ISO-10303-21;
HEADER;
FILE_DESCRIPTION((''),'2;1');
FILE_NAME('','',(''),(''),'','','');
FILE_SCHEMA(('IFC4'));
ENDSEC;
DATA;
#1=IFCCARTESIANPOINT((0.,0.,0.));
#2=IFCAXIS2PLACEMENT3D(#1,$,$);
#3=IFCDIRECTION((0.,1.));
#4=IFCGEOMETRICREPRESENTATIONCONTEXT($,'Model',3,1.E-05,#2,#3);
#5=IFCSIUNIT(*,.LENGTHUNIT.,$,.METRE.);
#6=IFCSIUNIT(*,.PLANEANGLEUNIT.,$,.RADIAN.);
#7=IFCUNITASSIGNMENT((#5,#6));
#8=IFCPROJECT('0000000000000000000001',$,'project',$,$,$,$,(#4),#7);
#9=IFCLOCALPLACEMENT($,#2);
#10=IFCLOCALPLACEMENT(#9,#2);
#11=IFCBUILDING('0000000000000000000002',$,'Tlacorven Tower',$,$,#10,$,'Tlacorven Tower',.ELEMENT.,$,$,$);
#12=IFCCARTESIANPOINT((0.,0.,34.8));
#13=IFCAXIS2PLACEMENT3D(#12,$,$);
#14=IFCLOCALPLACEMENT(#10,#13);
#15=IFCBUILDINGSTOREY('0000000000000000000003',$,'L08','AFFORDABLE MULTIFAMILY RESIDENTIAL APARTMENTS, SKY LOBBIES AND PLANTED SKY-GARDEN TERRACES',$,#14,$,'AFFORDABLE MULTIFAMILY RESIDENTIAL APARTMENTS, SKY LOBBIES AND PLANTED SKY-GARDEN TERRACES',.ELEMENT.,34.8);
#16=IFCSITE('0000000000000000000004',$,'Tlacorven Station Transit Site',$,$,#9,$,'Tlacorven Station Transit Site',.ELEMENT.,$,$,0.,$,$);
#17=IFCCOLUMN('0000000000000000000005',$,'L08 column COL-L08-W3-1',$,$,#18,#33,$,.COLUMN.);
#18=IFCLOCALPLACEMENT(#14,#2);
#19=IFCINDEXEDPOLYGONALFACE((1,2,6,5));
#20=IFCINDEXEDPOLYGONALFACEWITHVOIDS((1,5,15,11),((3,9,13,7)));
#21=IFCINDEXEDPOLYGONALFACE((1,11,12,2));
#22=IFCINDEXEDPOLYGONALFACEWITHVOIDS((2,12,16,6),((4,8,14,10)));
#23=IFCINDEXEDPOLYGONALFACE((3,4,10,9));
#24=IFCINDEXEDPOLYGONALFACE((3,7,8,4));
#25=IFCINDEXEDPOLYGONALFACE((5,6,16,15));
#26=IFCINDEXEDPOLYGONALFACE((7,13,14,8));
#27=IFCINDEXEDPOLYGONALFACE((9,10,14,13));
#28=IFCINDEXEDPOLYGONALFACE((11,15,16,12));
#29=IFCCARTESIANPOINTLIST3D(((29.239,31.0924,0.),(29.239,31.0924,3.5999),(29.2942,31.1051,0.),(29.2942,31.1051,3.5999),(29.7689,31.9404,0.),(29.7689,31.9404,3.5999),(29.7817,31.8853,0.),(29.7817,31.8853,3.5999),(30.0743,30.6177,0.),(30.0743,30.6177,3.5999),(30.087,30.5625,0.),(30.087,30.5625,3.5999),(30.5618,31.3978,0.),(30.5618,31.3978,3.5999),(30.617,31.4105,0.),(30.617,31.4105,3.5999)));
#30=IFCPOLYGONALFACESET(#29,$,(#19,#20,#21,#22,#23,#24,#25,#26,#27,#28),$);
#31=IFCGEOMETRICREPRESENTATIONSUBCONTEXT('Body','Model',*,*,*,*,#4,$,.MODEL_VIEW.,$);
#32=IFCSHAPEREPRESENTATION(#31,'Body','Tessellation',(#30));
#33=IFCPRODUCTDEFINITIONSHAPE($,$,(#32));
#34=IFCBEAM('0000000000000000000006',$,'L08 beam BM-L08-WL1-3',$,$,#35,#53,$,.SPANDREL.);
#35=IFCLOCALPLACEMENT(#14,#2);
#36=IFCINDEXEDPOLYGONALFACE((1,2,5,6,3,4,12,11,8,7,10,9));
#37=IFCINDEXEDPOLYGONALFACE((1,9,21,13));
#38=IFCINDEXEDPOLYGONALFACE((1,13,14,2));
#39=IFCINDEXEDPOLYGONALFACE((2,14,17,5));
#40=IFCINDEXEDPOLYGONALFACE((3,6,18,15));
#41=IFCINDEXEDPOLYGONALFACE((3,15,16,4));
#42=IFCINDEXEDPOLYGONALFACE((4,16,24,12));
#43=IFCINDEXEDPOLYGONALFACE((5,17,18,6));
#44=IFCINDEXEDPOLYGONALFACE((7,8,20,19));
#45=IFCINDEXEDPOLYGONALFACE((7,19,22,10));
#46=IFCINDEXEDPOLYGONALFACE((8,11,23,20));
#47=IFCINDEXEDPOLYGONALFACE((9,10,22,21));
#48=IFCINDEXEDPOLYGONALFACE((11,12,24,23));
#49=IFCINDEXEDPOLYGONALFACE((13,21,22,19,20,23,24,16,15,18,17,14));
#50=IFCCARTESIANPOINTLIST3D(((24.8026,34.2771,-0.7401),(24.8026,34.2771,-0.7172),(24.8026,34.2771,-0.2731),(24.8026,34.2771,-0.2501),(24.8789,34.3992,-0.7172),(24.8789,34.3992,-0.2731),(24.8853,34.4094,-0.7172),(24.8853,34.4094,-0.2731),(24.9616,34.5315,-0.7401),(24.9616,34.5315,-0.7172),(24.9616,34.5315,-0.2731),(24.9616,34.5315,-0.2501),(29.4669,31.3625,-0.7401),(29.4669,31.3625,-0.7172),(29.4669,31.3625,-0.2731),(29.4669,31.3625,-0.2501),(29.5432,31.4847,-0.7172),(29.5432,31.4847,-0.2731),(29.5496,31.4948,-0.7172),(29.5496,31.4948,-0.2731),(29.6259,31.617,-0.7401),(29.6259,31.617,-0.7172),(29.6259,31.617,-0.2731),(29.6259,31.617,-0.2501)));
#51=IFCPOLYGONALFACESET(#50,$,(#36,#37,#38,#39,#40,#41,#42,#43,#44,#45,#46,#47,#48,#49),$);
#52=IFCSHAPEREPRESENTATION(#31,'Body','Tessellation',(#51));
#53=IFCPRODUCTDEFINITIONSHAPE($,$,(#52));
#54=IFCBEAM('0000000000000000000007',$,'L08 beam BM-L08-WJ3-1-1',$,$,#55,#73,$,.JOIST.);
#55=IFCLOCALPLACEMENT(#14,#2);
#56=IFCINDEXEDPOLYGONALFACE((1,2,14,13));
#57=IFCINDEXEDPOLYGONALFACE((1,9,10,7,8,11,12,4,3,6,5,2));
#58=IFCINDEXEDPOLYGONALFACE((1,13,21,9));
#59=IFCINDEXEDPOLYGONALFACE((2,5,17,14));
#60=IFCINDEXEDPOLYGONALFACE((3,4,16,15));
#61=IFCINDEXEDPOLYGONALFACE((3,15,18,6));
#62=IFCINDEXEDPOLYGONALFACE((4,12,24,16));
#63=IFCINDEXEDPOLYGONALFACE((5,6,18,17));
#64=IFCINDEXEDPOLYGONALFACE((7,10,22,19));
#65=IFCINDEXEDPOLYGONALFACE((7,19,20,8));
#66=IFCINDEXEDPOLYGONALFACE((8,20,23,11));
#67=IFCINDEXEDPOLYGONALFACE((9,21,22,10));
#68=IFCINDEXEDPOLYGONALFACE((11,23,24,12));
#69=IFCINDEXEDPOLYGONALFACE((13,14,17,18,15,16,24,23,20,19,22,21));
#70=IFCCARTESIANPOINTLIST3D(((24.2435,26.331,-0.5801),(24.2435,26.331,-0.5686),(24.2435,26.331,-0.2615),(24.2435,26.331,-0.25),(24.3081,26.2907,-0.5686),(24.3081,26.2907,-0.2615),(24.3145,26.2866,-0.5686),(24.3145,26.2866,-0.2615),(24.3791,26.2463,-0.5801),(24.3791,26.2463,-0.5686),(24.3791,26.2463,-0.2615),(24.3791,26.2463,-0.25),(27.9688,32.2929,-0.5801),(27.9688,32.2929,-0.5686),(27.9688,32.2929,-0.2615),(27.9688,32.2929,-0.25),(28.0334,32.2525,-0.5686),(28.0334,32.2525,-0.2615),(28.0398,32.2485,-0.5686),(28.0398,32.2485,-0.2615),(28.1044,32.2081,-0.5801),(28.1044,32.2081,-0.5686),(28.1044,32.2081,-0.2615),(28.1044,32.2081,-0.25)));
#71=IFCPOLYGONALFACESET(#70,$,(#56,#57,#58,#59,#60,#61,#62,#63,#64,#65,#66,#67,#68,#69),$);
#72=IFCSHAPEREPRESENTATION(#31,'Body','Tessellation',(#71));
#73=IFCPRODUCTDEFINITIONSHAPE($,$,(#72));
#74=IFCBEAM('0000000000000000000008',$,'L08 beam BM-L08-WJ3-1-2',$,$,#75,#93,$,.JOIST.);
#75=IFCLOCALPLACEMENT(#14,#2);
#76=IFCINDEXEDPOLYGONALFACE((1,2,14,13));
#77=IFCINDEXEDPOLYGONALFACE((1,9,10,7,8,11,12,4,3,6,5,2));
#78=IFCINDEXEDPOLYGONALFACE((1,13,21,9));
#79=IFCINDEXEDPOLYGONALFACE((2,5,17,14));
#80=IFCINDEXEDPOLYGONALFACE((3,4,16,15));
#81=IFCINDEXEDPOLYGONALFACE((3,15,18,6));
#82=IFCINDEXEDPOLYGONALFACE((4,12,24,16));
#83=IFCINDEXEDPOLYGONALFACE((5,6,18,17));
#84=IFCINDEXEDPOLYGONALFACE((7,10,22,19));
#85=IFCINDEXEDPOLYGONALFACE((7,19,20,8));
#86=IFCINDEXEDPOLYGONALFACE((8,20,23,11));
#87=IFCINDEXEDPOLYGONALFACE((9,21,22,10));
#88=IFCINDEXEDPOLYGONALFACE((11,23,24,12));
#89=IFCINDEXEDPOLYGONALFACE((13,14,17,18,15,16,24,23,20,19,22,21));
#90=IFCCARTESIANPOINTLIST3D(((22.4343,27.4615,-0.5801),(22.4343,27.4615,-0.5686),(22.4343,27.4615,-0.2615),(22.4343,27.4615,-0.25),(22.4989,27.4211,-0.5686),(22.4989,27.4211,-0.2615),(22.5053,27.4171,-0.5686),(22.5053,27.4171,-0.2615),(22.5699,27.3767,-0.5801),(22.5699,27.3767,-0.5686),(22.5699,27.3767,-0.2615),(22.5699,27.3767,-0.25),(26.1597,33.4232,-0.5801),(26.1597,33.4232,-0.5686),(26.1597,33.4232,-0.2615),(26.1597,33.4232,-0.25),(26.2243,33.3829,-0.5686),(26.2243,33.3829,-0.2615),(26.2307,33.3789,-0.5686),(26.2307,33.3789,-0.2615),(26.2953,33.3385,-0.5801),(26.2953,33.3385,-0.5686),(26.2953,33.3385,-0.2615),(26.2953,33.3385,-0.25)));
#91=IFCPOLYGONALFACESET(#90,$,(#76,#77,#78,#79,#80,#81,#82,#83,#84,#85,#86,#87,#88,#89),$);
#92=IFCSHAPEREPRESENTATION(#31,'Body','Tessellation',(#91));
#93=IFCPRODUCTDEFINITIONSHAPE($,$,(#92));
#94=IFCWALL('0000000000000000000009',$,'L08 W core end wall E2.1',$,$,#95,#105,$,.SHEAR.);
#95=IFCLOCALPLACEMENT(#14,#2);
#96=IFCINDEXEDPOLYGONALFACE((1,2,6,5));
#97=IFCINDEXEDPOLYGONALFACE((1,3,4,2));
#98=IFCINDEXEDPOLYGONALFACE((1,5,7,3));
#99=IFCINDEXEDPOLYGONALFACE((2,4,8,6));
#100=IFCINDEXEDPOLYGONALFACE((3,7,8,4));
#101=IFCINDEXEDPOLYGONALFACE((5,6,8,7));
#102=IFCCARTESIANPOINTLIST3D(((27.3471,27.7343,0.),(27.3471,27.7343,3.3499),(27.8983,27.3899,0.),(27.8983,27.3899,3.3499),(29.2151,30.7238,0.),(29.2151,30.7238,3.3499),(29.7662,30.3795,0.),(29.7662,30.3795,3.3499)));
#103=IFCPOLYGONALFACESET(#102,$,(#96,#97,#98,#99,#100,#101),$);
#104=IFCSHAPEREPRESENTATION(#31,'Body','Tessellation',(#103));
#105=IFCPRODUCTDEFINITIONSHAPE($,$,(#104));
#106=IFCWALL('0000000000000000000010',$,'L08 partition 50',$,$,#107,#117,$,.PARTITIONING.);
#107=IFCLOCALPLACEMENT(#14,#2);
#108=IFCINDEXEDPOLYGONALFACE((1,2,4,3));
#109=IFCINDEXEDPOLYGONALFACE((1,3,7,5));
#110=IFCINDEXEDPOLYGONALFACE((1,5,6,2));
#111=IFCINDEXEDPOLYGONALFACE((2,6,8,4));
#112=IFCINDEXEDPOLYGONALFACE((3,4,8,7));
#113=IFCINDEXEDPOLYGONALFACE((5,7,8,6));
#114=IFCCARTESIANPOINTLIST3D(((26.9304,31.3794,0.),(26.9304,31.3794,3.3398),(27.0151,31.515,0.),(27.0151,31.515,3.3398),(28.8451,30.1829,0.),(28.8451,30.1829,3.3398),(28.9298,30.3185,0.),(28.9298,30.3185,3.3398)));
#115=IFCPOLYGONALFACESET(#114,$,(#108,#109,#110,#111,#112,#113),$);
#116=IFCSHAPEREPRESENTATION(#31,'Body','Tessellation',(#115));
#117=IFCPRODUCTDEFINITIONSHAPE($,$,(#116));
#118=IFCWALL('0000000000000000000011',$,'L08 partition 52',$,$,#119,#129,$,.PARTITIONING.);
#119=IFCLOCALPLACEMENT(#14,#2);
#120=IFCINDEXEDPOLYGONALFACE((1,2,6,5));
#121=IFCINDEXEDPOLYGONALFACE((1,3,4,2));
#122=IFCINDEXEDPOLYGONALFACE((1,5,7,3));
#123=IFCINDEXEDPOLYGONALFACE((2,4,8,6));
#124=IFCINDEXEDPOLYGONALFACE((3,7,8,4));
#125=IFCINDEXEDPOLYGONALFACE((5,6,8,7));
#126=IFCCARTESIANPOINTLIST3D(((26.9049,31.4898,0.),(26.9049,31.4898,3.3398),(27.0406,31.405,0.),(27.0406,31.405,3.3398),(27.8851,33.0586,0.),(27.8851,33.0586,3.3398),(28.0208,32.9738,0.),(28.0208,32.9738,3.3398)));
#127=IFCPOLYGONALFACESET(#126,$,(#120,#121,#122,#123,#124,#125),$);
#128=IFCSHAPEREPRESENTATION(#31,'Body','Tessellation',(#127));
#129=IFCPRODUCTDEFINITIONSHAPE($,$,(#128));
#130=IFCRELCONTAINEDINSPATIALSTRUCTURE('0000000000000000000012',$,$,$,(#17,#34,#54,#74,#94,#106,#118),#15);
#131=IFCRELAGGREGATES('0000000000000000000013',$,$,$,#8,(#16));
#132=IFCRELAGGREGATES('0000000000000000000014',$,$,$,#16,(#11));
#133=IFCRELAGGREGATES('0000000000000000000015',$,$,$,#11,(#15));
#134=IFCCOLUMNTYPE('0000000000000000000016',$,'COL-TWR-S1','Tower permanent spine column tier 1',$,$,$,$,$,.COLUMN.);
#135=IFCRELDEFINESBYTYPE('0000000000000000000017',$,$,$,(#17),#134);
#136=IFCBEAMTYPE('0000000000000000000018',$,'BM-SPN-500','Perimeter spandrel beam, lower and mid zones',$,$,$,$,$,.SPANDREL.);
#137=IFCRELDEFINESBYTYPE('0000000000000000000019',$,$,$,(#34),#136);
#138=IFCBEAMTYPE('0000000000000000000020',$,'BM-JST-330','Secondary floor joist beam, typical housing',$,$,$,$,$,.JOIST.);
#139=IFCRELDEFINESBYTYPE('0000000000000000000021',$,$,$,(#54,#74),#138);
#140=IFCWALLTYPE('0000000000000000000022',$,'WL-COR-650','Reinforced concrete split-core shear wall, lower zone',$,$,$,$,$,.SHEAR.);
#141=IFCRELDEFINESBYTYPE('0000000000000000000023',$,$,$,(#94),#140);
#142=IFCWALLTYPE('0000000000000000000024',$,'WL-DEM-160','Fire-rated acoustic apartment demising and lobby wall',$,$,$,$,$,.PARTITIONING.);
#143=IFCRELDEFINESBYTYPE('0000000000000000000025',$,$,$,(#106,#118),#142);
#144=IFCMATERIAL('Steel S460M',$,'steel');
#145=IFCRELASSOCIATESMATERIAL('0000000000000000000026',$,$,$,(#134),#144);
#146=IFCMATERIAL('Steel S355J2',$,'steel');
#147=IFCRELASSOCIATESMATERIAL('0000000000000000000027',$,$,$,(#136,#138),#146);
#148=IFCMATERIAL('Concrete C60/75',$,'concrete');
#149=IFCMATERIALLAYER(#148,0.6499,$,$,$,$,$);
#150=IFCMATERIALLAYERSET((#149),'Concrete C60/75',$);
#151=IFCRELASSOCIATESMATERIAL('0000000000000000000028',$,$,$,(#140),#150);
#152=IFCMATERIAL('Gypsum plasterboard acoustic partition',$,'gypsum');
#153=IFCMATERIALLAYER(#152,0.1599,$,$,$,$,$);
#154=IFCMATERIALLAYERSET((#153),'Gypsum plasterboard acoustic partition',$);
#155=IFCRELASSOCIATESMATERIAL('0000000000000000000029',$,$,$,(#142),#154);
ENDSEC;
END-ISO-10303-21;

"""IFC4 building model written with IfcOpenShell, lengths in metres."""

from ifc_helpers import new_model, si_unit, direction, frame, frame_2d, origin, origin_2d, place, context, subcontext, project, spatial, rectangle, hollow_rectangle, i_section, extrude, source, transform, mapped, material, layer, layer_set, material_profile, profile_set, type_object, element, save


model = new_model("IFC4")

# Units and contexts
model_context = context("Model", 3, precision=1e-05, world=origin(), true_north=direction((0.0, 1.0)))
body_context = subcontext(model_context, "Body", "Model", "MODEL_VIEW")
ifc_project = project(units=[si_unit("LENGTHUNIT", "METRE"), si_unit("PLANEANGLEUNIT", "RADIAN")], contexts=[model_context])

# Site, building, storey
site_placement = place(None, origin())
site = spatial("IfcSite", under=ifc_project, at=site_placement, Name="Tlacorven Station Transit Site", LongName="Tlacorven Station Transit Site", CompositionType="ELEMENT", RefElevation=0.0)
building_placement = place(site_placement, origin())
building = spatial("IfcBuilding", under=site, at=building_placement, Name="Tlacorven Tower", LongName="Tlacorven Tower", CompositionType="ELEMENT")
storey_placement = place(building_placement, frame((0.0, 0.0, 34.8)))
storey = spatial("IfcBuildingStorey", under=building, at=storey_placement, Name="L08", Description="AFFORDABLE MULTIFAMILY RESIDENTIAL APARTMENTS, SKY LOBBIES AND PLANTED SKY-GARDEN TERRACES", LongName="AFFORDABLE MULTIFAMILY RESIDENTIAL APARTMENTS, SKY LOBBIES AND PLANTED SKY-GARDEN TERRACES", CompositionType="ELEMENT", Elevation=34.8)

# Column
ifc_material_1 = material(Name="Steel S460M", Category="steel")
ifc_material_profile_1 = material_profile(ifc_material_1, hollow_rectangle(XDim=1.0, YDim=1.0, WallThickness=0.04, at=origin_2d()), Name="BOX 1000X1000X40")
ifc_profile_set_1 = profile_set([ifc_material_profile_1], Name="Steel S460M")
column_type = type_object("IfcColumnType", Name="COL-TWR-S1", Description="Tower permanent spine column tier 1", PredefinedType="COLUMN", material=ifc_profile_set_1)
shared_shape_1 = source(origin(), body_context, "Body", "SweptSolid", [
    extrude(hollow_rectangle(XDim=1.0, YDim=1.0, WallThickness=0.04, at=origin_2d()), origin(), (0.0, 0.0, 1.0), 3.5999),
])
column_placement = place(storey_placement, frame((29.928, 31.2515, 0.0), z_axis=(0.0, 0.0, 1.0), x_axis=(-0.848048, 0.529919, 0.0)))
element("IfcColumn", 1, at=column_placement, inside=storey, type_object=column_type, Name="L08 column COL-L08-W3-1", PredefinedType="COLUMN", context=body_context, shape_type="MappedRepresentation", body=[
    mapped(shared_shape_1, transform((0.0, 0.0, 0.0), scale=1.0)),
])

# Beams
ifc_material_2 = material(Name="Steel S355J2", Category="steel")
ifc_material_profile_2 = material_profile(ifc_material_2, i_section(OverallWidth=0.3, OverallDepth=0.49, WebThickness=0.012, FlangeThickness=0.0229, at=origin_2d()), Name="HEA 500")
ifc_profile_set_2 = profile_set([ifc_material_profile_2], Name="Steel S355J2")
beam_type_1 = type_object("IfcBeamType", Name="BM-SPN-500", Description="Perimeter spandrel beam, lower and mid zones", PredefinedType="SPANDREL", material=ifc_profile_set_2)
shared_shape_2 = source(origin(), body_context, "Body", "SweptSolid", [
    extrude(i_section(OverallWidth=0.3, OverallDepth=0.49, WebThickness=0.012, FlangeThickness=0.0229, at=origin_2d()), origin(), (0.0, 0.0, 1.0), 5.5),
])
beam_placement = place(storey_placement, frame((29.5464, 31.4897, -0.4951), z_axis=(-0.848051, 0.529915, 0.0), x_axis=(-0.529915, -0.848051, 0.0)))
element("IfcBeam", 2, at=beam_placement, inside=storey, type_object=beam_type_1, Name="L08 beam BM-L08-WL1-3", PredefinedType="SPANDREL", context=body_context, shape_type="MappedRepresentation", body=[
    mapped(shared_shape_2, transform((0.0, 0.0, 0.0), scale=1.0)),
])
ifc_material_profile_3 = material_profile(ifc_material_2, i_section(OverallWidth=0.1599, OverallDepth=0.3301, WebThickness=0.0076, FlangeThickness=0.0115, at=origin_2d()), Name="IPE 330")
ifc_profile_set_3 = profile_set([ifc_material_profile_3], Name="Steel S355J2")
beam_type_2 = type_object("IfcBeamType", Name="BM-JST-330", Description="Secondary floor joist beam, typical housing", PredefinedType="JOIST", material=ifc_profile_set_3)
shared_shape_3 = source(origin(), body_context, "Body", "SweptSolid", [
    extrude(i_section(OverallWidth=0.1599, OverallDepth=0.3301, WebThickness=0.0076, FlangeThickness=0.0115, at=origin_2d()), origin(), (0.0, 0.0, 1.0), 7.03),
])
for number, where, z_axis, x_axis, name in (
    (3, (28.0366, 32.2505, -0.415), (-0.529912, -0.848053, 0.0), (0.848053, -0.529912, 0.0), "L08 beam BM-L08-WJ3-1-1"),
    (4, (26.2275, 33.3809, -0.415), (-0.529927, -0.848043, 0.0), (0.848043, -0.529927, 0.0), "L08 beam BM-L08-WJ3-1-2"),
):
    element("IfcBeam", number, at=place(storey_placement, frame(where, z_axis=z_axis, x_axis=x_axis)), inside=storey, type_object=beam_type_2, Name=name, PredefinedType="JOIST", context=body_context, shape_type="MappedRepresentation", body=[
        mapped(shared_shape_3, transform((0.0, 0.0, 0.0), scale=1.0)),
    ])

# Walls
ifc_material_3 = material(Name="Concrete C60/75", Category="concrete")
ifc_layer_1 = layer(ifc_material_3, 0.6499)
ifc_layer_set_1 = layer_set([ifc_layer_1], Name="Concrete C60/75")
wall_type_1 = type_object("IfcWallType", Name="WL-COR-650", Description="Reinforced concrete split-core shear wall, lower zone", PredefinedType="SHEAR", material=ifc_layer_set_1)
wall_1_placement = place(storey_placement, frame((29.4907, 30.5518, 0.0), z_axis=(0.0, 0.0, 1.0), x_axis=(-0.529893, -0.848064, 0.0)))
element("IfcWall", 5, at=wall_1_placement, inside=storey, type_object=wall_type_1, Name="L08 W core end wall E2.1", PredefinedType="SHEAR", context=body_context, shape_type="SweptSolid", body=[
    extrude(rectangle(XDim=3.5251, YDim=0.6499, at=frame_2d((1.7627, 0.0))), origin(), (0.0, 0.0, 1.0), 3.3499),
])
ifc_material_4 = material(Name="Gypsum plasterboard acoustic partition", Category="gypsum")
ifc_layer_2 = layer(ifc_material_4, 0.1599)
ifc_layer_set_2 = layer_set([ifc_layer_2], Name="Gypsum plasterboard acoustic partition")
wall_type_2 = type_object("IfcWallType", Name="WL-DEM-160", Description="Fire-rated acoustic apartment demising and lobby wall", PredefinedType="PARTITIONING", material=ifc_layer_set_2)
wall_2_placement = place(storey_placement, frame((28.8875, 30.2507, 0.0), z_axis=(0.0, 0.0, 1.0), x_axis=(-0.848041, 0.529931, 0.0)))
element("IfcWall", 6, at=wall_2_placement, inside=storey, type_object=wall_type_2, Name="L08 partition 50", PredefinedType="PARTITIONING", context=body_context, shape_type="SweptSolid", body=[
    extrude(rectangle(XDim=2.2578, YDim=0.1599, at=frame_2d((1.1289, 0.0))), origin(), (0.0, 0.0, 1.0), 3.3398),
])
wall_3_placement = place(storey_placement, frame((27.9529, 33.0161, 0.0), z_axis=(0.0, 0.0, 1.0), x_axis=(-0.52988, -0.848072, 0.0)))
element("IfcWall", 7, at=wall_3_placement, inside=storey, type_object=wall_type_2, Name="L08 partition 52", PredefinedType="PARTITIONING", context=body_context, shape_type="SweptSolid", body=[
    extrude(rectangle(XDim=1.8499, YDim=0.1599, at=frame_2d((0.9248, 0.0))), origin(), (0.0, 0.0, 1.0), 3.3398),
])

save(model, "model.ifc")
